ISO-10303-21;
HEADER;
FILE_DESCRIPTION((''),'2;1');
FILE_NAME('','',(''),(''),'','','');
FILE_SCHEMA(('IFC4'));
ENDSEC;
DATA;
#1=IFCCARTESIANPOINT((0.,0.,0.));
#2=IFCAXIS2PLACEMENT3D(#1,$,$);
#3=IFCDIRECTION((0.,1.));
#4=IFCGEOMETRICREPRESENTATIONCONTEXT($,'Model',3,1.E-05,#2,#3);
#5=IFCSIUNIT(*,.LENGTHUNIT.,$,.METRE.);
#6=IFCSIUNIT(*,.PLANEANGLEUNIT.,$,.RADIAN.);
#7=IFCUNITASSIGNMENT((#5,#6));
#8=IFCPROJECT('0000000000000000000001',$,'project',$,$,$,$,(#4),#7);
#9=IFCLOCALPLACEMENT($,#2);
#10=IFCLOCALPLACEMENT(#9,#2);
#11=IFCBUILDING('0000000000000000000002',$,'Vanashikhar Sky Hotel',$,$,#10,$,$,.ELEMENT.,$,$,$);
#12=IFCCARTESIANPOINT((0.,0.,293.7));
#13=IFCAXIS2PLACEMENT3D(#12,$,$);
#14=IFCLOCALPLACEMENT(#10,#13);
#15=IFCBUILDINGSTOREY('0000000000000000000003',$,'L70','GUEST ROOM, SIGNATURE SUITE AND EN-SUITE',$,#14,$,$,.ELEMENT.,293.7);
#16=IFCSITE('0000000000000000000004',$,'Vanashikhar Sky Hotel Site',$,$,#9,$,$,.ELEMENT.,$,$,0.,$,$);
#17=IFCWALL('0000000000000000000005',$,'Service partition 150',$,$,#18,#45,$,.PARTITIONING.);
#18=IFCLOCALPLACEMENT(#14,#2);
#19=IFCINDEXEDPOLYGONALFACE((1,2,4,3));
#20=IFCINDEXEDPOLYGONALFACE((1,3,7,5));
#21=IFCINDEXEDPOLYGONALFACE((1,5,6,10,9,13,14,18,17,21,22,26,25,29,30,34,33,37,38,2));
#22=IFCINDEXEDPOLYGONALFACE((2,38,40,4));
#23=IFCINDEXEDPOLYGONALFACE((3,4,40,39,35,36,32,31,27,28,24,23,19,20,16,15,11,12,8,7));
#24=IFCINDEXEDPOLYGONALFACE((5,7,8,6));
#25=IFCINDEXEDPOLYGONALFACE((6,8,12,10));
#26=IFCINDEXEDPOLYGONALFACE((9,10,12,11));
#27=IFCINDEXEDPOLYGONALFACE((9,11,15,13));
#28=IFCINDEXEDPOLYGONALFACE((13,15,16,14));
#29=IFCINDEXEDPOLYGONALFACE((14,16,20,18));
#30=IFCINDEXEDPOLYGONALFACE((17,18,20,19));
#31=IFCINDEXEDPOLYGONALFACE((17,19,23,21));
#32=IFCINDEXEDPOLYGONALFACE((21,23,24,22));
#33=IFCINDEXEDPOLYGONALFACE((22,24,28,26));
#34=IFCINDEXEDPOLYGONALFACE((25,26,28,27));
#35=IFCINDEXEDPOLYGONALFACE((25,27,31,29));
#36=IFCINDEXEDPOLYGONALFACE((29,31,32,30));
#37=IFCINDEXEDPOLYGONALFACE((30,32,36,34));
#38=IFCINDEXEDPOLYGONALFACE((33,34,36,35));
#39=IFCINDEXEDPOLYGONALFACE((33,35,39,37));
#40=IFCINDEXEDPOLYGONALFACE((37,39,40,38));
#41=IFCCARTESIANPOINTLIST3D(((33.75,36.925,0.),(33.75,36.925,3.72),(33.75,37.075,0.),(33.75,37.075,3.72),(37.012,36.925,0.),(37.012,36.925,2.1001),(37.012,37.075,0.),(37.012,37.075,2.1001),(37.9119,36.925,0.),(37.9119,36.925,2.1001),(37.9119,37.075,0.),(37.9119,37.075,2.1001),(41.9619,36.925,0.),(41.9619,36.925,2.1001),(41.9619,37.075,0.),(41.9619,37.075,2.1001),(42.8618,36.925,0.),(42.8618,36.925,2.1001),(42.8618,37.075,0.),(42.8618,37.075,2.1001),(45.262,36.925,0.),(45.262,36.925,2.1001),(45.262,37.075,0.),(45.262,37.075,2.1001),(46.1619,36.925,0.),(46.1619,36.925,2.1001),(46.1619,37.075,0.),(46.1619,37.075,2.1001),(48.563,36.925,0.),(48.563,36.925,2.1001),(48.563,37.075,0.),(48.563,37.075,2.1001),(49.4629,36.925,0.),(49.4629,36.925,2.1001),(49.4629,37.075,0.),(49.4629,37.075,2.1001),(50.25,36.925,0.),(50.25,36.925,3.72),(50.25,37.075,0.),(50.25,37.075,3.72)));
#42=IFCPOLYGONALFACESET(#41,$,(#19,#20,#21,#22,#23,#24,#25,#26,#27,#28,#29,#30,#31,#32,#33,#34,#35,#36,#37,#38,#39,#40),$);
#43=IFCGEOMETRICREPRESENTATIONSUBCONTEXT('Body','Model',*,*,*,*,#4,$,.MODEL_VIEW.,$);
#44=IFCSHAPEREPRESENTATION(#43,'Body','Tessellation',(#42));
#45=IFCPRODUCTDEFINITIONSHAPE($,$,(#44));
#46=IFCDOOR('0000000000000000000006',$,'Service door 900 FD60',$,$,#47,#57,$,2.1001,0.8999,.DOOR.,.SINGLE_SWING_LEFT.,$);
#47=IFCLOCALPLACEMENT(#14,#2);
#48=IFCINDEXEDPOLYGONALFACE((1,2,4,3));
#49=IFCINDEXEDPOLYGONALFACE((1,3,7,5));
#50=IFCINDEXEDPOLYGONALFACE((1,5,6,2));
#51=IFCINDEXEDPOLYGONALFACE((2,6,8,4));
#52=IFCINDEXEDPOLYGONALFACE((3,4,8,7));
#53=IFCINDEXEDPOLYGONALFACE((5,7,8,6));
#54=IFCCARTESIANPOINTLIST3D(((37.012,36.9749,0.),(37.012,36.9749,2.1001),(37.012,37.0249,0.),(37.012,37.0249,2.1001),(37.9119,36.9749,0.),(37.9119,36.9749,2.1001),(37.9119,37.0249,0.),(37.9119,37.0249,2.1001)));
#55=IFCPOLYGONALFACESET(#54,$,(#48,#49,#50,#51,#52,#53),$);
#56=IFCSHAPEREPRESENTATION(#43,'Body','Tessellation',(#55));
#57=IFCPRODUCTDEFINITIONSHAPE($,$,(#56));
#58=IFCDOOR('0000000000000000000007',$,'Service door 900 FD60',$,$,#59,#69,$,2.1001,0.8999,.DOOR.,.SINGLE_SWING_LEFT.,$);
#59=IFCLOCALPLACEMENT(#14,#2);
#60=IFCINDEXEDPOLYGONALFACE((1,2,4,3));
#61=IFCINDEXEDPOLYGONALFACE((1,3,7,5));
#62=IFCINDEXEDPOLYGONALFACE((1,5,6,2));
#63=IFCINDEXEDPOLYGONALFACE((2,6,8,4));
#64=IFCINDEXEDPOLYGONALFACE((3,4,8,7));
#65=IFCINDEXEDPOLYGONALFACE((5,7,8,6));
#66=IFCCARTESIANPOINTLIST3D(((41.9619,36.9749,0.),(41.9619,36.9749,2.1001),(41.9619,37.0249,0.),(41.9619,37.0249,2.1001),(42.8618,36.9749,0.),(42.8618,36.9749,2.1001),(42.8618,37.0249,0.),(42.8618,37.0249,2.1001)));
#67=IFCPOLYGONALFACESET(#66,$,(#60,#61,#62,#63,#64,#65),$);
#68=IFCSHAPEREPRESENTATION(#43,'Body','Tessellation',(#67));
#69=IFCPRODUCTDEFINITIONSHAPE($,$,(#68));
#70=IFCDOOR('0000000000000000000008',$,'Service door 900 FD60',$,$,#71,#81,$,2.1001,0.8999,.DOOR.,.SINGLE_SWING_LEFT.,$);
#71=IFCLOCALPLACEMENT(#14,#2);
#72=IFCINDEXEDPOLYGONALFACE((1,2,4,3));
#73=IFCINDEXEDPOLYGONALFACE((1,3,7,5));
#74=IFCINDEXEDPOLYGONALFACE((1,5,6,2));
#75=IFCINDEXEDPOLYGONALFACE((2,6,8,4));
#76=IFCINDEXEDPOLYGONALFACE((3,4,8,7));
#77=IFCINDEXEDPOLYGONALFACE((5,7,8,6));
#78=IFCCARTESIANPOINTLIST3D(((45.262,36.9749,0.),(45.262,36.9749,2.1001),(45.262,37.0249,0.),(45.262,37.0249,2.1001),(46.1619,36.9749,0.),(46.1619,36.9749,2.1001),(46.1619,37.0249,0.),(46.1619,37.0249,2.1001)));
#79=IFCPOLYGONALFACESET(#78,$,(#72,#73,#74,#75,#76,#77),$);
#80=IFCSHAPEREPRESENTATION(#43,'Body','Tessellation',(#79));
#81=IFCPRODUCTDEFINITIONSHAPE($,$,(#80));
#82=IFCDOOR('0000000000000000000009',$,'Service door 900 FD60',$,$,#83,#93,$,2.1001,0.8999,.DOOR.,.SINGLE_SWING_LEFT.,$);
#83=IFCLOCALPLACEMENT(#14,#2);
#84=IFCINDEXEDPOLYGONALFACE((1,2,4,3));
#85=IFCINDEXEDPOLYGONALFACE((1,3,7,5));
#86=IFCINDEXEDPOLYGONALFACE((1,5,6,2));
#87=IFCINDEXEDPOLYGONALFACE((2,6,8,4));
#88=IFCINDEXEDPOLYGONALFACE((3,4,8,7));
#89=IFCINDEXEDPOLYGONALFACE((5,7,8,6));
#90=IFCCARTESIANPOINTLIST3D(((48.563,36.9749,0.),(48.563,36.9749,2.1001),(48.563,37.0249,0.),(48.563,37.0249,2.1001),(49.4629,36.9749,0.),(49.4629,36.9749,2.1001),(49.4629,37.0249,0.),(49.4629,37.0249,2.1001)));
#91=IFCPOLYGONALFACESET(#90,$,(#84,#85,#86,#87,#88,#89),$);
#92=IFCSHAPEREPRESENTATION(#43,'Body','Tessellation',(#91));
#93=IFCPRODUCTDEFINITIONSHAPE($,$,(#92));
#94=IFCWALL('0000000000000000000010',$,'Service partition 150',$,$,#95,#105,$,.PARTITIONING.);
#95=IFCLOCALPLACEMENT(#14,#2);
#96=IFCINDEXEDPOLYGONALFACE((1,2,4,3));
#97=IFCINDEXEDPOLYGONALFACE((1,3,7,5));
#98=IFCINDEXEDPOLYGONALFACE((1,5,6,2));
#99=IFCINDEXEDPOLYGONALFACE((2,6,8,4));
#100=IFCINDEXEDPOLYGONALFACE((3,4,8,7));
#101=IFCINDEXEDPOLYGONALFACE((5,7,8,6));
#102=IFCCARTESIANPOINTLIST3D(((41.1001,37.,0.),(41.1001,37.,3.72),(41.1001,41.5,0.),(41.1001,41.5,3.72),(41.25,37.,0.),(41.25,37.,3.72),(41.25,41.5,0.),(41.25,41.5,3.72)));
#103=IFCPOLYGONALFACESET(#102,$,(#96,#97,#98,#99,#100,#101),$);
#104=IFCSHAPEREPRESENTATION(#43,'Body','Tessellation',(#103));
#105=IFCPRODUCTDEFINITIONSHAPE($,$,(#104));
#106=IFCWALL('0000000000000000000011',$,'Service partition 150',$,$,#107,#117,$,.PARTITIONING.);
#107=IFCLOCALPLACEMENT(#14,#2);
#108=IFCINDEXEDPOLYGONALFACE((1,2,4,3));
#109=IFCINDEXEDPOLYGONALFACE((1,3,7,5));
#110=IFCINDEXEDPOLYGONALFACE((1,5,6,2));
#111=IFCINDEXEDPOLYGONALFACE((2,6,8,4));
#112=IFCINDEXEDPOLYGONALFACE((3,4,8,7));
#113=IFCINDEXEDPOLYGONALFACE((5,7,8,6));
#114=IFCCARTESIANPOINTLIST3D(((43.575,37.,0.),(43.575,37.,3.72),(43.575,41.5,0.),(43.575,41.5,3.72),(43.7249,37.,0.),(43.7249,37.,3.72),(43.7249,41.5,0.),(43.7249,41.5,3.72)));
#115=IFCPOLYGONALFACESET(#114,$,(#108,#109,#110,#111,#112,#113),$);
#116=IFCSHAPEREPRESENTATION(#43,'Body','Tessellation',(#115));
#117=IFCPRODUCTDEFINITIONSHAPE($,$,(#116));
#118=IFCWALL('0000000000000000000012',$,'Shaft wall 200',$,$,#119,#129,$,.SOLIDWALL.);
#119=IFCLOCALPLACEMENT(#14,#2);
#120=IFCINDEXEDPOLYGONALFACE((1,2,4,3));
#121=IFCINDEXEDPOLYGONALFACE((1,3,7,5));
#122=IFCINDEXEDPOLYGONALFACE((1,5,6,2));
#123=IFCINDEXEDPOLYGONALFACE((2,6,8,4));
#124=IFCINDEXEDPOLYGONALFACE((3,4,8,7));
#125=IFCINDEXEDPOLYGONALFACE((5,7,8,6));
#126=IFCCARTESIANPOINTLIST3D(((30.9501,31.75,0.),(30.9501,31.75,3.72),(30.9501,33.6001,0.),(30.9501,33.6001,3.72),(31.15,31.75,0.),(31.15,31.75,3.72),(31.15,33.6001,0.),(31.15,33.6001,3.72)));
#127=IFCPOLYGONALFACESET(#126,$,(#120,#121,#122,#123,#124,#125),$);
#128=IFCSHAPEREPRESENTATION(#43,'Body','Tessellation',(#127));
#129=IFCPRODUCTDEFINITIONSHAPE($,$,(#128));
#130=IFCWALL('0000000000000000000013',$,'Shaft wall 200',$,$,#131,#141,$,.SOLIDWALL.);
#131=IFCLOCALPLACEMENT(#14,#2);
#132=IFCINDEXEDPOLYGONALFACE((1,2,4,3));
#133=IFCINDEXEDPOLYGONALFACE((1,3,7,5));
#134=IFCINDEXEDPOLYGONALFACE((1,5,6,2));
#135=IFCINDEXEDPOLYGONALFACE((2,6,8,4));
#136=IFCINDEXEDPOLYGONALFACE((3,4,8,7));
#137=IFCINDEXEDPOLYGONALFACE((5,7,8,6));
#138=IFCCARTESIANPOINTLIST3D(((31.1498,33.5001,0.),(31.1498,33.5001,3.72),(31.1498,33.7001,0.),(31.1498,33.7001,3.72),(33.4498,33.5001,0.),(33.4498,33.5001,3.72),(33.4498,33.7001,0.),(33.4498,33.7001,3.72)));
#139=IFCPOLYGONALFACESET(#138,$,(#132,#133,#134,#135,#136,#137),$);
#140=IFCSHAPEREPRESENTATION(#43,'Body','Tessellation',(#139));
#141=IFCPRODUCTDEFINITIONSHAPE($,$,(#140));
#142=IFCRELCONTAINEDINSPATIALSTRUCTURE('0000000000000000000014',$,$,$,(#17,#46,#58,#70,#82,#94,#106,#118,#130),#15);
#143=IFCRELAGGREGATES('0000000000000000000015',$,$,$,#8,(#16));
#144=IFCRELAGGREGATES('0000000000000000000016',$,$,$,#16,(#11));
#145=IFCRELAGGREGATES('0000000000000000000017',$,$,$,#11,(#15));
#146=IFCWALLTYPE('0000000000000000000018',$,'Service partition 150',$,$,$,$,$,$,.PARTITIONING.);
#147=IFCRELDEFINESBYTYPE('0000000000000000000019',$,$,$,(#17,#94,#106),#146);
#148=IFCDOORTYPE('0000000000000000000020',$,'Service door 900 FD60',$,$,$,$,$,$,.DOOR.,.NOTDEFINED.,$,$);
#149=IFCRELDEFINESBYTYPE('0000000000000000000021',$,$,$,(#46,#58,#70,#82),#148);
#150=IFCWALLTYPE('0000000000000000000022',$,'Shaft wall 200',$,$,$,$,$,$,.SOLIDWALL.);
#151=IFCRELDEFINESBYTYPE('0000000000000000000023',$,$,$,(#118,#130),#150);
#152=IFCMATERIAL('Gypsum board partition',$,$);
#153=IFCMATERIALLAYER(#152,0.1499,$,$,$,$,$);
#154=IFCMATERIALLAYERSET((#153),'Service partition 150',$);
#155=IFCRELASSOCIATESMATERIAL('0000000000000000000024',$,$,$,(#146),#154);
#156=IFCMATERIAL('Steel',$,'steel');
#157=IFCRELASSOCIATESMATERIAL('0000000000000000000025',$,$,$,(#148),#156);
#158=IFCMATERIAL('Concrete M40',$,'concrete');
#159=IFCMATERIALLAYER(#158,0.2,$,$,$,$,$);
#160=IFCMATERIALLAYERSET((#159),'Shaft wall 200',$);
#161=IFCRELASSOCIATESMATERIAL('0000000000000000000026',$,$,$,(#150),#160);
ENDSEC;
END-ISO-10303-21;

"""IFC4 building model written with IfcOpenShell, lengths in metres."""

from ifc_helpers import new_model, si_unit, direction, frame, frame_2d, origin, place, context, subcontext, project, spatial, rectangle, extrude, source, transform, mapped, material, layer, layer_set, type_object, element, fill, save


model = new_model("IFC4")

# Units and contexts
model_context = context("Model", 3, precision=1e-05, world=origin(), true_north=direction((0.0, 1.0)))
body_context = subcontext(model_context, "Body", "Model", "MODEL_VIEW")
ifc_project = project(units=[si_unit("LENGTHUNIT", "METRE"), si_unit("PLANEANGLEUNIT", "RADIAN")], contexts=[model_context])

# Site, building, storey
site_placement = place(None, origin())
site = spatial("IfcSite", under=ifc_project, at=site_placement, Name="Vanashikhar Sky Hotel Site", CompositionType="ELEMENT", RefElevation=0.0)
building_placement = place(site_placement, origin())
building = spatial("IfcBuilding", under=site, at=building_placement, Name="Vanashikhar Sky Hotel", CompositionType="ELEMENT")
storey_placement = place(building_placement, frame((0.0, 0.0, 293.7)))
storey = spatial("IfcBuildingStorey", under=building, at=storey_placement, Name="L70", Description="GUEST ROOM, SIGNATURE SUITE AND EN-SUITE", CompositionType="ELEMENT", Elevation=293.7)

# Shared definitions
ifc_material_1 = material(Name="Steel", Category="steel")

# Shared definitions
ifc_material_2 = material(Name="Gypsum board partition")
ifc_layer_1 = layer(ifc_material_2, 0.1499)
ifc_layer_set_1 = layer_set([ifc_layer_1], Name="Service partition 150")
wall_type_1 = type_object("IfcWallType", Name="Service partition 150", PredefinedType="PARTITIONING", material=ifc_layer_set_1)

# Wall, openings, doors
shared_shape_1 = source(origin(), body_context, "Body", "SweptSolid", [
    extrude(rectangle(XDim=0.8999, YDim=2.1001, at=frame_2d((0.45, 1.05))), frame((0.0, 0.085, 0.0), z_axis=(0.0, -1.0, 0.0), x_axis=(1.0, 0.0, 0.0)), (0.0, 0.0, 1.0), 0.1699),
])
door_type_1 = type_object("IfcDoorType", Name="Service door 900 FD60", OperationType="NOTDEFINED", PredefinedType="DOOR", material=ifc_material_1)
shared_shape_2 = source(origin(), body_context, "Body", "SweptSolid", [
    extrude(rectangle(XDim=0.8999, YDim=2.1001, at=frame_2d((0.45, 1.05))), frame((0.0, 0.0249, 0.0), z_axis=(0.0, -1.0, 0.0), x_axis=(1.0, 0.0, 0.0)), (0.0, 0.0, 1.0), 0.05),
])
shared_shape_3 = source(origin(), body_context, "Body", "SweptSolid", [
    extrude(rectangle(XDim=16.5, YDim=0.1499, at=frame_2d((8.25, 0.0))), origin(), (0.0, 0.0, 1.0), 3.72),
])
wall_1_placement = place(storey_placement, frame((33.75, 37.0, 0.0), z_axis=(0.0, 0.0, 1.0), x_axis=(1.0, 0.0, 0.0)))
wall_1 = element("IfcWall", 1, at=wall_1_placement, inside=storey, type_object=wall_type_1, Name="Service partition 150", PredefinedType="PARTITIONING", context=body_context, shape_type="MappedRepresentation", body=[
    mapped(shared_shape_3, transform((0.0, 0.0, 0.0), scale=1.0)),
])
opening_1_placement = place(wall_1_placement, frame((3.262, 0.0, 0.0)))
opening_1 = element("IfcOpeningElement", 2, at=opening_1_placement, cuts=wall_1, PredefinedType="OPENING", context=body_context, shape_type="MappedRepresentation", body=[
    mapped(shared_shape_1, transform((0.0, 0.0, 0.0), scale=1.0)),
])
opening_2_placement = place(wall_1_placement, frame((8.2119, 0.0, 0.0)))
opening_2 = element("IfcOpeningElement", 3, at=opening_2_placement, cuts=wall_1, PredefinedType="OPENING", context=body_context, shape_type="MappedRepresentation", body=[
    mapped(shared_shape_1, transform((0.0, 0.0, 0.0), scale=1.0)),
])
opening_3_placement = place(wall_1_placement, frame((11.512, 0.0, 0.0)))
opening_3 = element("IfcOpeningElement", 4, at=opening_3_placement, cuts=wall_1, PredefinedType="OPENING", context=body_context, shape_type="MappedRepresentation", body=[
    mapped(shared_shape_1, transform((0.0, 0.0, 0.0), scale=1.0)),
])
opening_4_placement = place(wall_1_placement, frame((14.813, 0.0, 0.0)))
opening_4 = element("IfcOpeningElement", 5, at=opening_4_placement, cuts=wall_1, PredefinedType="OPENING", context=body_context, shape_type="MappedRepresentation", body=[
    mapped(shared_shape_1, transform((0.0, 0.0, 0.0), scale=1.0)),
])
door_1_placement = place(opening_1_placement, origin())
door_1 = element("IfcDoor", 6, at=door_1_placement, inside=storey, type_object=door_type_1, Name="Service door 900 FD60", OperationType="SINGLE_SWING_LEFT", OverallHeight=2.1001, OverallWidth=0.8999, PredefinedType="DOOR", context=body_context, shape_type="MappedRepresentation", body=[
    mapped(shared_shape_2, transform((0.0, 0.0, 0.0), scale=1.0)),
])
fill(opening_1, door_1)
door_2_placement = place(opening_2_placement, origin())
door_2 = element("IfcDoor", 7, at=door_2_placement, inside=storey, type_object=door_type_1, Name="Service door 900 FD60", OperationType="SINGLE_SWING_LEFT", OverallHeight=2.1001, OverallWidth=0.8999, PredefinedType="DOOR", context=body_context, shape_type="MappedRepresentation", body=[
    mapped(shared_shape_2, transform((0.0, 0.0, 0.0), scale=1.0)),
])
fill(opening_2, door_2)
door_3_placement = place(opening_3_placement, origin())
door_3 = element("IfcDoor", 8, at=door_3_placement, inside=storey, type_object=door_type_1, Name="Service door 900 FD60", OperationType="SINGLE_SWING_LEFT", OverallHeight=2.1001, OverallWidth=0.8999, PredefinedType="DOOR", context=body_context, shape_type="MappedRepresentation", body=[
    mapped(shared_shape_2, transform((0.0, 0.0, 0.0), scale=1.0)),
])
fill(opening_3, door_3)
door_4_placement = place(opening_4_placement, origin())
door_4 = element("IfcDoor", 9, at=door_4_placement, inside=storey, type_object=door_type_1, Name="Service door 900 FD60", OperationType="SINGLE_SWING_LEFT", OverallHeight=2.1001, OverallWidth=0.8999, PredefinedType="DOOR", context=body_context, shape_type="MappedRepresentation", body=[
    mapped(shared_shape_2, transform((0.0, 0.0, 0.0), scale=1.0)),
])
fill(opening_4, door_4)

# Walls
shared_shape_4 = source(origin(), body_context, "Body", "SweptSolid", [
    extrude(rectangle(XDim=4.5, YDim=0.1499, at=frame_2d((2.25, 0.0))), origin(), (0.0, 0.0, 1.0), 3.72),
])
for number, where, z_axis, x_axis, name in (
    (10, (41.175, 37.0, 0.0), (0.0, 0.0, 1.0), (0.0, 1.0, 0.0), "Service partition 150"),
    (11, (43.6499, 37.0, 0.0), (0.0, 0.0, 1.0), (0.0, 1.0, 0.0), "Service partition 150"),
):
    element("IfcWall", number, at=place(storey_placement, frame(where, z_axis=z_axis, x_axis=x_axis)), inside=storey, type_object=wall_type_1, Name=name, PredefinedType="PARTITIONING", context=body_context, shape_type="MappedRepresentation", body=[
        mapped(shared_shape_4, transform((0.0, 0.0, 0.0), scale=1.0)),
    ])
ifc_material_3 = material(Name="Concrete M40", Category="concrete")
ifc_layer_2 = layer(ifc_material_3, 0.2)
ifc_layer_set_2 = layer_set([ifc_layer_2], Name="Shaft wall 200")
wall_type_2 = type_object("IfcWallType", Name="Shaft wall 200", PredefinedType="SOLIDWALL", material=ifc_layer_set_2)
shared_shape_5 = source(origin(), body_context, "Body", "SweptSolid", [
    extrude(rectangle(XDim=1.8501, YDim=0.2, at=frame_2d((0.925, 0.0))), origin(), (0.0, 0.0, 1.0), 3.72),
])
wall_2_placement = place(storey_placement, frame((31.05, 31.75, 0.0), z_axis=(0.0, 0.0, 1.0), x_axis=(0.0, 1.0, 0.0)))
element("IfcWall", 12, at=wall_2_placement, inside=storey, type_object=wall_type_2, Name="Shaft wall 200", PredefinedType="SOLIDWALL", context=body_context, shape_type="MappedRepresentation", body=[
    mapped(shared_shape_5, transform((0.0, 0.0, 0.0), scale=1.0)),
])
shared_shape_6 = source(origin(), body_context, "Body", "SweptSolid", [
    extrude(rectangle(XDim=2.3, YDim=0.2, at=frame_2d((1.1499, 0.0))), origin(), (0.0, 0.0, 1.0), 3.72),
])
wall_3_placement = place(storey_placement, frame((31.1499, 33.6001, 0.0), z_axis=(0.0, 0.0, 1.0), x_axis=(1.0, 0.0, 0.0)))
element("IfcWall", 13, at=wall_3_placement, inside=storey, type_object=wall_type_2, Name="Shaft wall 200", PredefinedType="SOLIDWALL", context=body_context, shape_type="MappedRepresentation", body=[
    mapped(shared_shape_6, transform((0.0, 0.0, 0.0), scale=1.0)),
])

save(model, "model.ifc")
